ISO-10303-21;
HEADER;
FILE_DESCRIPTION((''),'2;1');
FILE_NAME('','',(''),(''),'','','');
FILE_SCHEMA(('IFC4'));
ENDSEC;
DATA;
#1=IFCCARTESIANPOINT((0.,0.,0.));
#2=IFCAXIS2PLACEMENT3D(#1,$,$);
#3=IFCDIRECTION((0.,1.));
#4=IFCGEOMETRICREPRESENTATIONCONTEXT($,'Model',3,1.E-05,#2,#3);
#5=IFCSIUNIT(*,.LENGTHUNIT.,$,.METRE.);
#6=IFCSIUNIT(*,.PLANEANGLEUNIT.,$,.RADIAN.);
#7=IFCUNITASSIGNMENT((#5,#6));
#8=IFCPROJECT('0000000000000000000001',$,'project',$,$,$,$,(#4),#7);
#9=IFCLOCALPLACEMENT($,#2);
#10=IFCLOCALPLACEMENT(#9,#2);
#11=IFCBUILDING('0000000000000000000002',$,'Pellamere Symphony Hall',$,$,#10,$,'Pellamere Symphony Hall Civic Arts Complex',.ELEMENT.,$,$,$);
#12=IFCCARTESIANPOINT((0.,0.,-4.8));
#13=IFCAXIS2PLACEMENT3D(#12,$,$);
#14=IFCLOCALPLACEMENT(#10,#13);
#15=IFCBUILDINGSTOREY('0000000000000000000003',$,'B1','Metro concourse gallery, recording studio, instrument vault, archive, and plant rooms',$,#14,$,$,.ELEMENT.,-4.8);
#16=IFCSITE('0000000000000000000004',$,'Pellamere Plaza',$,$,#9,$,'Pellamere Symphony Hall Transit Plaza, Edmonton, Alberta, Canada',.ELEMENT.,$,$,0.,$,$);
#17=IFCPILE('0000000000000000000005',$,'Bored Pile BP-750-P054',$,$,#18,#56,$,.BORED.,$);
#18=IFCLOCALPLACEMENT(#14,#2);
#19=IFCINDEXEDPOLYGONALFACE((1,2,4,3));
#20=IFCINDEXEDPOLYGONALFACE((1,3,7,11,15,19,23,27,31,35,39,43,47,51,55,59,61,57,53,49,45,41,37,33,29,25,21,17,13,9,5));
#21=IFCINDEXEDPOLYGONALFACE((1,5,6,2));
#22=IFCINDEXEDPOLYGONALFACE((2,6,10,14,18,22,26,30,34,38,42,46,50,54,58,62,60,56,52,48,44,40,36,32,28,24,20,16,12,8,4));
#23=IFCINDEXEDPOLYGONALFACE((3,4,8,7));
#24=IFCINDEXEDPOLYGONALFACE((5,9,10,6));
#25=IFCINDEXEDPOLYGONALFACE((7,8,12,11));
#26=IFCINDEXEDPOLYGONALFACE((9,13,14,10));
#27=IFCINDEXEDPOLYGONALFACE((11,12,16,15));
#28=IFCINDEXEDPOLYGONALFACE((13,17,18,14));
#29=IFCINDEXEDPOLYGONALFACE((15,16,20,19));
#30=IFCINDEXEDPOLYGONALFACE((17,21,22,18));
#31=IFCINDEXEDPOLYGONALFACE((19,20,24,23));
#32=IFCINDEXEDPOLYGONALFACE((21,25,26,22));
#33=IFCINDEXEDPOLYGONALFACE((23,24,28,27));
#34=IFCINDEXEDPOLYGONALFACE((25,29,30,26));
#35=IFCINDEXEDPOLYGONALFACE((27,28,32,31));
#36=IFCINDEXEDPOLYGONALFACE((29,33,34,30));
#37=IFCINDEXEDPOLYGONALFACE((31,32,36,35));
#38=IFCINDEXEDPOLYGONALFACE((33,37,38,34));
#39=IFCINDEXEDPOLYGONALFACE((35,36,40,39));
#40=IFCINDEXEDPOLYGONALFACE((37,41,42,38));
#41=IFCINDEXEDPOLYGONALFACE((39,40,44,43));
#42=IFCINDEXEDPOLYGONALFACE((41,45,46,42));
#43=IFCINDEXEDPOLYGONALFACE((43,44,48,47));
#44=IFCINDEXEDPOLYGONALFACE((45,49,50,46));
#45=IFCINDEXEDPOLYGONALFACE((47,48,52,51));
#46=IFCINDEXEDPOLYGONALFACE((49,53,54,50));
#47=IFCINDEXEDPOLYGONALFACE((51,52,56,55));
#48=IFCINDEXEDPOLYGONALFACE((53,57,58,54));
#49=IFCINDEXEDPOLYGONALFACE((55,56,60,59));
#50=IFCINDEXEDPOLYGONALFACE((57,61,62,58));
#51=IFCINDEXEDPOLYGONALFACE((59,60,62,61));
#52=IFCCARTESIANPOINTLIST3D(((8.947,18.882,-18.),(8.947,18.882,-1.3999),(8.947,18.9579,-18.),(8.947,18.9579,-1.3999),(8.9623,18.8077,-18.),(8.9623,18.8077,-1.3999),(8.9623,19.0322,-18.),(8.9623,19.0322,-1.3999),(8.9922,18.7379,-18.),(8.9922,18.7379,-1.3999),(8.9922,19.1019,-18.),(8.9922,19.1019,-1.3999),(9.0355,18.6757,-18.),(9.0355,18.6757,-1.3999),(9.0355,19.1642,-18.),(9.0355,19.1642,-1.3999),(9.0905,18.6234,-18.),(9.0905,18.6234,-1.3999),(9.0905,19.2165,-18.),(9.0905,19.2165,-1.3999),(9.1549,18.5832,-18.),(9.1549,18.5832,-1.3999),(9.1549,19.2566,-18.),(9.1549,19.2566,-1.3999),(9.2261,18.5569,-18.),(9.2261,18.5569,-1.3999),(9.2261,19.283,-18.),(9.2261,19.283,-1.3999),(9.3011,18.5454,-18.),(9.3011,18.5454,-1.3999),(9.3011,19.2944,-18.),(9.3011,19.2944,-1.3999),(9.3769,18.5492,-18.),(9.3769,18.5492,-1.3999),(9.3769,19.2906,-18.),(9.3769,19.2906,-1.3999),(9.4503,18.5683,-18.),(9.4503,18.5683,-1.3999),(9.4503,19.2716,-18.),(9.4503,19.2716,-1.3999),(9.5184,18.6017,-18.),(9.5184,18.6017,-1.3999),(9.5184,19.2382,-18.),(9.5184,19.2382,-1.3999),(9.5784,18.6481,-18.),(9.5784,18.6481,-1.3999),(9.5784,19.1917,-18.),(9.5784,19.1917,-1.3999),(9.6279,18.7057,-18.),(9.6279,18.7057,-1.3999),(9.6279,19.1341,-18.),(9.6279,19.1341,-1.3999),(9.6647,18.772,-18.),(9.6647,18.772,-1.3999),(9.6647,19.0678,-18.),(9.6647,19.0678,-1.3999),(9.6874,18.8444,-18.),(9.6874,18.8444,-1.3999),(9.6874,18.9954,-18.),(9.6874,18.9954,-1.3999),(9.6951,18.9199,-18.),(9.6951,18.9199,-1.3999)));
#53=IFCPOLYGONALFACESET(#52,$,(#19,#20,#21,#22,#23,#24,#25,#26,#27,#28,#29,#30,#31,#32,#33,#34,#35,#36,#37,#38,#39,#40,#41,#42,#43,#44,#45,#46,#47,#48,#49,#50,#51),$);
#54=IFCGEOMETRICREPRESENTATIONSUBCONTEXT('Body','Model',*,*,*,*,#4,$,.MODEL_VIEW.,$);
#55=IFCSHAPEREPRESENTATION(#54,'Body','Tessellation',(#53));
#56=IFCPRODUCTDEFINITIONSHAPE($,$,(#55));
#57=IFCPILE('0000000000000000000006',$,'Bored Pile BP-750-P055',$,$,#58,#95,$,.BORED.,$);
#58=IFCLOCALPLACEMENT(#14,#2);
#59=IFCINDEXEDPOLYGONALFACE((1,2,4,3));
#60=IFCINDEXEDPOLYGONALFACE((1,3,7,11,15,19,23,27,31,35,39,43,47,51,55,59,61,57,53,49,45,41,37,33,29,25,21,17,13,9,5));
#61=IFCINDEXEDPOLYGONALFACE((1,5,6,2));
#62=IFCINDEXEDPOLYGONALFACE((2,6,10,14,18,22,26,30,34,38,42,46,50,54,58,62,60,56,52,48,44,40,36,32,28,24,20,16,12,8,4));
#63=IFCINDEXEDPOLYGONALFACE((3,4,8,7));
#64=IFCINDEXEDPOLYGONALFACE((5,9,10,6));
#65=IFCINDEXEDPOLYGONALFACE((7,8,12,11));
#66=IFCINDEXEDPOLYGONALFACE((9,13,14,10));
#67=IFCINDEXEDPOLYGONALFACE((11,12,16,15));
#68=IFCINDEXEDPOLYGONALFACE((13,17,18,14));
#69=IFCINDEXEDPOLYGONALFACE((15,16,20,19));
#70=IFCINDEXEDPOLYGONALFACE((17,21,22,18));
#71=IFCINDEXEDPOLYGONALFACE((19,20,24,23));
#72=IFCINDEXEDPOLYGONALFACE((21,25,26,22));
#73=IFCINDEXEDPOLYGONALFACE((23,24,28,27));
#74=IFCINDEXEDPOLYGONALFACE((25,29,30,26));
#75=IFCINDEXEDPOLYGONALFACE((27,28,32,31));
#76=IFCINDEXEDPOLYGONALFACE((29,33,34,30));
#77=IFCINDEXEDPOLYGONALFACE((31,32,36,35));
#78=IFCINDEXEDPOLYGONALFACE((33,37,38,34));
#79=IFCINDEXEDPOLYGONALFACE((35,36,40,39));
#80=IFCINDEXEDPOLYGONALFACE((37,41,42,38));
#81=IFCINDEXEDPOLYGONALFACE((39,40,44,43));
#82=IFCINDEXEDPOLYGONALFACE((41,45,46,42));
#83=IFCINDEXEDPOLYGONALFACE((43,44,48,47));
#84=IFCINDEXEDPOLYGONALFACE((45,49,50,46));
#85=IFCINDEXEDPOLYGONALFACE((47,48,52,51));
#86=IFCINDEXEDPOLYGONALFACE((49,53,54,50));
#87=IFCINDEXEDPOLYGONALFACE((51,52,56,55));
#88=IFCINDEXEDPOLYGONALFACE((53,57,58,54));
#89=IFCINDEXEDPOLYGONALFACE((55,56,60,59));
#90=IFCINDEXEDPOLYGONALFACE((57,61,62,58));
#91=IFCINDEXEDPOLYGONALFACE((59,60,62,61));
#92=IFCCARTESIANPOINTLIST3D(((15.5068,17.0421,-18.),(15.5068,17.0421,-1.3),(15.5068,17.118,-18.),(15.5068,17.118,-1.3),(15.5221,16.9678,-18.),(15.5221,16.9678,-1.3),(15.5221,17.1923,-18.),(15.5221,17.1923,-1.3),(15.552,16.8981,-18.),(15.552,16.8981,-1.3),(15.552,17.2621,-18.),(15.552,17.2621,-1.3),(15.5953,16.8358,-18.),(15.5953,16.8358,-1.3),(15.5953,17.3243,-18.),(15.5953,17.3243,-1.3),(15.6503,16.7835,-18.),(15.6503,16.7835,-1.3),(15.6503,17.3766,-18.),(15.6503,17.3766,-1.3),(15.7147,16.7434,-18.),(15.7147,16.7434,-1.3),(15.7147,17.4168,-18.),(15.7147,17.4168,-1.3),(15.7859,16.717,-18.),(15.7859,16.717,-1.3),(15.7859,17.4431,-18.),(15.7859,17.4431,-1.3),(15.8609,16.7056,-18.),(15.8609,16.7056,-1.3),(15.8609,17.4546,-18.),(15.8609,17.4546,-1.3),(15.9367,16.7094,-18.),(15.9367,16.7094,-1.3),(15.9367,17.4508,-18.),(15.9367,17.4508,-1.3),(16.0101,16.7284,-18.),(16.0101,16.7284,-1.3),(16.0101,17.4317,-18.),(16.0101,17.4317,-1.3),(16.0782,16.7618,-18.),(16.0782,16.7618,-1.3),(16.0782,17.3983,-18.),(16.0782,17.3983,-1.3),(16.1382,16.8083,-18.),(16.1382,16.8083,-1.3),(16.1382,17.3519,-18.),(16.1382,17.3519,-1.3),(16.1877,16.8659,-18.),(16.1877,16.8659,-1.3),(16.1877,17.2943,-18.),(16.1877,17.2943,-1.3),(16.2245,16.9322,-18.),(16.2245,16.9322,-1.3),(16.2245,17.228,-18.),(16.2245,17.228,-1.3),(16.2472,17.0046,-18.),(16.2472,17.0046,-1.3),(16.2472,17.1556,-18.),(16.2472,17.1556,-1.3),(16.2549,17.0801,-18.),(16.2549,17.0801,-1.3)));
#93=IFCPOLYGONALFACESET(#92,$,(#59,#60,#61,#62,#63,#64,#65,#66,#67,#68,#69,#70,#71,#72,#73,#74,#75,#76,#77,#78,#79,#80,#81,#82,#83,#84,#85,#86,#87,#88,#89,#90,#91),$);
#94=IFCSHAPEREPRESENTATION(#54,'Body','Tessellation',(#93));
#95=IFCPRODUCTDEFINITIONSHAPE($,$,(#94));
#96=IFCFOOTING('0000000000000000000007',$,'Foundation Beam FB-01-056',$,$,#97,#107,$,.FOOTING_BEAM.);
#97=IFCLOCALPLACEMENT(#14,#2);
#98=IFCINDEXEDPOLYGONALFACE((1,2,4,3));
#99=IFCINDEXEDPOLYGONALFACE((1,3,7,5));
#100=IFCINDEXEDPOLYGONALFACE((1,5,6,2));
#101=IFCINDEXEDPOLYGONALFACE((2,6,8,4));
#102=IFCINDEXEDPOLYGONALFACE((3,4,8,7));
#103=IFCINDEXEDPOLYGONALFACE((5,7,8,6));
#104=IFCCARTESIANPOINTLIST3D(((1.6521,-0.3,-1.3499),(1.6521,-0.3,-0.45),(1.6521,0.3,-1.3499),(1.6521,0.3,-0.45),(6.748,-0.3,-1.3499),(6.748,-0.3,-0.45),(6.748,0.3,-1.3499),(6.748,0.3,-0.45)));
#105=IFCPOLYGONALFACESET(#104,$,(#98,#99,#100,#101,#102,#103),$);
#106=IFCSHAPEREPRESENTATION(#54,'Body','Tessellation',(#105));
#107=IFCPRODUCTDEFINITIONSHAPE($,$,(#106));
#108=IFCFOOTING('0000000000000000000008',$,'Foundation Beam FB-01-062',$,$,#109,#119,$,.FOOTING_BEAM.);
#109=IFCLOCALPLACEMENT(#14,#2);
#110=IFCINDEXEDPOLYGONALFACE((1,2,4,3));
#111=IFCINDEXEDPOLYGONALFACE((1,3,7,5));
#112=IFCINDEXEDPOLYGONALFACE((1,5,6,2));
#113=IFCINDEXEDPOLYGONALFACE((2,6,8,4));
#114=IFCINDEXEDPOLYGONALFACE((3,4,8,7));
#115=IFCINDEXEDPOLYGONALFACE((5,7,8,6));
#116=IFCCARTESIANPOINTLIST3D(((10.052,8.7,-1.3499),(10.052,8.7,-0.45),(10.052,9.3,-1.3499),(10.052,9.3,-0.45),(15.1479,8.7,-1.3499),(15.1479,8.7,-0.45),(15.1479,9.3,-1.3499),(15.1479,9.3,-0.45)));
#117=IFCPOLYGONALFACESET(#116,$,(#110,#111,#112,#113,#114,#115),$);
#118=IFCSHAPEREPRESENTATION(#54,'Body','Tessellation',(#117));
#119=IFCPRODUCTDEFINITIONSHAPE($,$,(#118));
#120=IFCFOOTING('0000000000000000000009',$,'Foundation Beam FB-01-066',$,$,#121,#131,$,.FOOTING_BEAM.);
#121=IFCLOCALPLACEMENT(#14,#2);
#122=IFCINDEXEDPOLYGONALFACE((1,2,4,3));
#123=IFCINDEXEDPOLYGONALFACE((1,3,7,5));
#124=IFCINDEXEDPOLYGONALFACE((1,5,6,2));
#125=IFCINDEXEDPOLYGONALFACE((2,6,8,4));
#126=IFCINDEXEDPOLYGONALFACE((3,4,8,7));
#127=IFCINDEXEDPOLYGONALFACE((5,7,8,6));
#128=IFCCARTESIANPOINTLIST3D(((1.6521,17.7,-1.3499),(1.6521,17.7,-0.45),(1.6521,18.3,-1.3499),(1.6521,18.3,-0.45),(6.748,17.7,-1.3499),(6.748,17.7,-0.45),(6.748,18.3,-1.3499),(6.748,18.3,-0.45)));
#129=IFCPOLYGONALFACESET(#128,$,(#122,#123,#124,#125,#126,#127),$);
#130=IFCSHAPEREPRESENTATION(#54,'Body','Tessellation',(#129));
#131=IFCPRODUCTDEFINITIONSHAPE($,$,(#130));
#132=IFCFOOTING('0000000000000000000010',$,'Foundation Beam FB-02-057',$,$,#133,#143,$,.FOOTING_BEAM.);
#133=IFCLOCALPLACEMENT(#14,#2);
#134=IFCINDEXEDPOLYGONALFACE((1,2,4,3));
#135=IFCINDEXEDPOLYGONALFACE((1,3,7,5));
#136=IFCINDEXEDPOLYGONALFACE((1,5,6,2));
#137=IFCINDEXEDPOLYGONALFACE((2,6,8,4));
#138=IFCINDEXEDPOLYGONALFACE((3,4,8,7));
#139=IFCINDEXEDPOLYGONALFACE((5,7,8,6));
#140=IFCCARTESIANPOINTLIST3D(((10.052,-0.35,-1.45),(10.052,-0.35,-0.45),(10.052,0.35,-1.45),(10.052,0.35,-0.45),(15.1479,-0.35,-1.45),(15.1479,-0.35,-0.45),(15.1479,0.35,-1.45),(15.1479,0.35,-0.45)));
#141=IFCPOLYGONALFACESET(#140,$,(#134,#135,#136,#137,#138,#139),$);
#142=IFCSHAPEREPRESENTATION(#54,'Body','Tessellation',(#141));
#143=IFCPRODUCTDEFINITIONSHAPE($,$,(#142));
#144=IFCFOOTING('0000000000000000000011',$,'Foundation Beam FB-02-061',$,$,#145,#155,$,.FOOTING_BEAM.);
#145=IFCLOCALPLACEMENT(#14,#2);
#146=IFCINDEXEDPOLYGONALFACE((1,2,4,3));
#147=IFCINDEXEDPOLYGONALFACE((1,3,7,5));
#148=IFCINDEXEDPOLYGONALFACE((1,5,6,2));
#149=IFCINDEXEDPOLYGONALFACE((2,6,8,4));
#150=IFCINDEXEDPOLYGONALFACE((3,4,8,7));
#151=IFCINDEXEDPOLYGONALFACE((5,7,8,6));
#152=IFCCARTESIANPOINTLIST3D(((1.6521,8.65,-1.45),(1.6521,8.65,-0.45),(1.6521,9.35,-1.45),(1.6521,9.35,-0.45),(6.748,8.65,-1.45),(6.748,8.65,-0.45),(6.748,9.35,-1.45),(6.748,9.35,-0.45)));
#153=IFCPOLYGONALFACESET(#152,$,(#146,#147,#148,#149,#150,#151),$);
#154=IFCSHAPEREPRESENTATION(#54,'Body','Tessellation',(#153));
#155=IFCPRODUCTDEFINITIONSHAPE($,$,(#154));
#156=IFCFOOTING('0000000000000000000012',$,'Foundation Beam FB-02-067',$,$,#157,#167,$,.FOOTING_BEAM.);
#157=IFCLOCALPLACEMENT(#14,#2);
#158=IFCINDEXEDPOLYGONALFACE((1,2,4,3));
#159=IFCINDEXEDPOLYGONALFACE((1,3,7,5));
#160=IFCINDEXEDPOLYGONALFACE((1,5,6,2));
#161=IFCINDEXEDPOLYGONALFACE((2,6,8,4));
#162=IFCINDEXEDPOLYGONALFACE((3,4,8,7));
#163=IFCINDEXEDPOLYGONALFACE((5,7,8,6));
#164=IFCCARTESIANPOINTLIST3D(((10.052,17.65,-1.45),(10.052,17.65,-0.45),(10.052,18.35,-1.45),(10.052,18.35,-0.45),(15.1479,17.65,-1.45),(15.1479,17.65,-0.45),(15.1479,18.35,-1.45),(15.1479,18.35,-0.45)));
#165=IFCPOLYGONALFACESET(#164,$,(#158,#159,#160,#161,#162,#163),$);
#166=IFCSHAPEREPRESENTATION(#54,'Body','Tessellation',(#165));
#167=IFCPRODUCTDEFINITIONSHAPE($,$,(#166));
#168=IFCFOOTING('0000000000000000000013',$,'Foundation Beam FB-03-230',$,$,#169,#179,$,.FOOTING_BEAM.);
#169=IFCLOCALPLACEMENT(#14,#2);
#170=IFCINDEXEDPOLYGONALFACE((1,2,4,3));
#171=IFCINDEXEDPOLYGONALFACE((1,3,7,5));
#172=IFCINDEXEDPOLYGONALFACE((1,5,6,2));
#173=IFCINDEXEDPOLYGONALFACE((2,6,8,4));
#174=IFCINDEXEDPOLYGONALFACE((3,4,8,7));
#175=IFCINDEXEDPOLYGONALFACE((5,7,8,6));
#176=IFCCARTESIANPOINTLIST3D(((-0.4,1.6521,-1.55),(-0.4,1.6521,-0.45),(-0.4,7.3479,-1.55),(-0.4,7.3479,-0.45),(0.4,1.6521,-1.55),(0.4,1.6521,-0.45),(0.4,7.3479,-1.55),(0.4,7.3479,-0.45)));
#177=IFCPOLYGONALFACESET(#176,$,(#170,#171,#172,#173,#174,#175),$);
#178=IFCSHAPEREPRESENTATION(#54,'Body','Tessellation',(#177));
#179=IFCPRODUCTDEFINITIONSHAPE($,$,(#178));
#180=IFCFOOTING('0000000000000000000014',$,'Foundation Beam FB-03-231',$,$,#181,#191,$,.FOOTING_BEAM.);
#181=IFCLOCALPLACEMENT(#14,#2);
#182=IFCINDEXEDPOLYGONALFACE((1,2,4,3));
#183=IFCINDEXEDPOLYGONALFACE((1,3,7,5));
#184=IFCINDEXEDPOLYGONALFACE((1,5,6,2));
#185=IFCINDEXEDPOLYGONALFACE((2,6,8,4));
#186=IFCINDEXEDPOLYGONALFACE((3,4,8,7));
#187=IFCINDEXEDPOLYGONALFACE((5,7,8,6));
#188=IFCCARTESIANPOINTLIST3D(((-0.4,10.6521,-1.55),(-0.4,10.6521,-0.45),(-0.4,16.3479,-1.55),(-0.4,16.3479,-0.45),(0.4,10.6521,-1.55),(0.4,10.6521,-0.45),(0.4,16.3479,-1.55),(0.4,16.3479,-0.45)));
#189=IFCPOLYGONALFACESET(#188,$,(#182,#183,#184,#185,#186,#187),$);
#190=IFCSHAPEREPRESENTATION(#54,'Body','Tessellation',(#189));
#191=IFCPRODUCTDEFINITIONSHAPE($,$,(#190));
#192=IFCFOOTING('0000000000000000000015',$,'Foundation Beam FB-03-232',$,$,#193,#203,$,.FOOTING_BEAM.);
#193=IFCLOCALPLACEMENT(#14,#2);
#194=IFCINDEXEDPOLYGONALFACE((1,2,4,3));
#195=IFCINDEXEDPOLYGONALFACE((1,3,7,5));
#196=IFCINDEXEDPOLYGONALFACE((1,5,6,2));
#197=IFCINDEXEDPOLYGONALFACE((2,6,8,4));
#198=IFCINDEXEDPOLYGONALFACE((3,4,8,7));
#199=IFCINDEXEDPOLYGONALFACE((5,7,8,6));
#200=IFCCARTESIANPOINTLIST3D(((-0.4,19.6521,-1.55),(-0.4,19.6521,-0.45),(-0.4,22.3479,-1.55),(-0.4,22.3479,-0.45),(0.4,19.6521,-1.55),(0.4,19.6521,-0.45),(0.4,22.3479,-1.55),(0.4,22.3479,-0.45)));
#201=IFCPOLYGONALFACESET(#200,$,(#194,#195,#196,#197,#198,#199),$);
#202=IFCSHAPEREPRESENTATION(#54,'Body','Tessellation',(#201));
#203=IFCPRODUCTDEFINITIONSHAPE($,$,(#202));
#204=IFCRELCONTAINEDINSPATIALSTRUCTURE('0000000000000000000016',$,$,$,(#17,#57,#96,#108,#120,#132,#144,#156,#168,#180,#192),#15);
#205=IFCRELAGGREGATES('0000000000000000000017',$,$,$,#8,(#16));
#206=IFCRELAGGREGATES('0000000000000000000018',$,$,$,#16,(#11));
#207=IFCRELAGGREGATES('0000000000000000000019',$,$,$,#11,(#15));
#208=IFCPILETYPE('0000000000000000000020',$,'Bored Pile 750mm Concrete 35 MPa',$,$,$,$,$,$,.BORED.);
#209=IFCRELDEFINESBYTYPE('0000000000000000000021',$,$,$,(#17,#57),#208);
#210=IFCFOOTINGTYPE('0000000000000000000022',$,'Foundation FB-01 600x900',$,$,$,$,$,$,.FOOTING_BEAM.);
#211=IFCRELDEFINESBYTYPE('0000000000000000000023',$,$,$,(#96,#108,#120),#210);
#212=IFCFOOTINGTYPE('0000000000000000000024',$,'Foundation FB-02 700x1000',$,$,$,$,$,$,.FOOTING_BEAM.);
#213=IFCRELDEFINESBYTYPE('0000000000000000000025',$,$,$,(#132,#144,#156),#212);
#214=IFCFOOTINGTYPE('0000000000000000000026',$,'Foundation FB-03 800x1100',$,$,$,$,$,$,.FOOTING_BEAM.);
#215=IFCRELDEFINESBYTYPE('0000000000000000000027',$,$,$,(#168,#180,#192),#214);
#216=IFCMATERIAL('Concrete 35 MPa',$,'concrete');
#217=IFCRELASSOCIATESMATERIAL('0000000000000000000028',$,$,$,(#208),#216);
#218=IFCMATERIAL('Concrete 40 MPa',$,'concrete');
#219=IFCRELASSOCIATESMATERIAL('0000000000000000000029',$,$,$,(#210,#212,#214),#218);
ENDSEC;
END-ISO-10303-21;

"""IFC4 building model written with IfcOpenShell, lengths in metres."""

from ifc_helpers import new_model, si_unit, direction, frame, origin, origin_2d, place, context, subcontext, project, spatial, rectangle, circle, extrude, material, material_profile, profile_set, type_object, element, save


model = new_model("IFC4")

# Units and contexts
model_context = context("Model", 3, precision=1e-05, world=origin(), true_north=direction((0.0, 1.0)))
body_context = subcontext(model_context, "Body", "Model", "MODEL_VIEW")
ifc_project = project(units=[si_unit("LENGTHUNIT", "METRE"), si_unit("PLANEANGLEUNIT", "RADIAN")], contexts=[model_context])

# Site, building, storey
site_placement = place(None, origin())
site = spatial("IfcSite", under=ifc_project, at=site_placement, Name="Pellamere Plaza", LongName="Pellamere Symphony Hall Transit Plaza, Edmonton, Alberta, Canada", CompositionType="ELEMENT", RefElevation=0.0)
building_placement = place(site_placement, origin())
building = spatial("IfcBuilding", under=site, at=building_placement, Name="Pellamere Symphony Hall", LongName="Pellamere Symphony Hall Civic Arts Complex", CompositionType="ELEMENT")
storey_placement = place(building_placement, frame((0.0, 0.0, -4.8)))
storey = spatial("IfcBuildingStorey", under=building, at=storey_placement, Name="B1", Description="Metro concourse gallery, recording studio, instrument vault, archive, and plant rooms", CompositionType="ELEMENT", Elevation=-4.8)

# Piles
ifc_material_1 = material(Name="Concrete 35 MPa", Category="concrete")
ifc_material_profile_1 = material_profile(ifc_material_1, circle(Radius=0.375, at=origin_2d()), Name="PILE D750")
ifc_profile_set_1 = profile_set([ifc_material_profile_1], Name="Concrete 35 MPa")
pile_type = type_object("IfcPileType", Name="Bored Pile 750mm Concrete 35 MPa", PredefinedType="BORED", material=ifc_profile_set_1)
for number, where, z_axis, x_axis, name in (
    (1, (9.3201, 18.9199, -1.3999), (0.0, 0.0, -1.0), (1.0, 0.0, 0.0), "Bored Pile BP-750-P054"),
):
    element("IfcPile", number, at=place(storey_placement, frame(where, z_axis=z_axis, x_axis=x_axis)), inside=storey, type_object=pile_type, Name=name, PredefinedType="BORED", context=body_context, shape_type="SweptSolid", body=[
        extrude(circle(Radius=0.375, at=origin_2d()), origin(), (0.0, 0.0, 1.0), 16.6001),
    ])
pile_1_placement = place(storey_placement, frame((15.8799, 17.0801, -1.3), z_axis=(0.0, 0.0, -1.0), x_axis=(1.0, 0.0, 0.0)))
element("IfcPile", 2, at=pile_1_placement, inside=storey, type_object=pile_type, Name="Bored Pile BP-750-P055", PredefinedType="BORED", context=body_context, shape_type="SweptSolid", body=[
    extrude(circle(Radius=0.375, at=origin_2d()), origin(), (0.0, 0.0, 1.0), 16.7),
])

# Footings
ifc_material_2 = material(Name="Concrete 40 MPa", Category="concrete")
ifc_material_profile_2 = material_profile(ifc_material_2, rectangle(XDim=0.6001, YDim=0.8999, at=origin_2d()), Name="RC 600x900")
ifc_profile_set_2 = profile_set([ifc_material_profile_2], Name="Concrete 40 MPa")
footing_type_1 = type_object("IfcFootingType", Name="Foundation FB-01 600x900", PredefinedType="FOOTING_BEAM", material=ifc_profile_set_2)
for number, where, z_axis, x_axis, name in (
    (3, (1.6521, 0.0, -0.8999), (1.0, 0.0, 0.0), (0.0, 1.0, 0.0), "Foundation Beam FB-01-056"),
    (4, (10.052, 9.0, -0.8999), (1.0, 0.0, 0.0), (0.0, 1.0, 0.0), "Foundation Beam FB-01-062"),
    (5, (1.6521, 18.0, -0.8999), (1.0, 0.0, 0.0), (0.0, 1.0, 0.0), "Foundation Beam FB-01-066"),
):
    element("IfcFooting", number, at=place(storey_placement, frame(where, z_axis=z_axis, x_axis=x_axis)), inside=storey, type_object=footing_type_1, Name=name, PredefinedType="FOOTING_BEAM", context=body_context, shape_type="SweptSolid", body=[
        extrude(rectangle(XDim=0.6001, YDim=0.8999, at=origin_2d()), origin(), (0.0, 0.0, 1.0), 5.0959),
    ])
ifc_material_profile_3 = material_profile(ifc_material_2, rectangle(XDim=0.7, YDim=1.0, at=origin_2d()), Name="RC 700x1000")
ifc_profile_set_3 = profile_set([ifc_material_profile_3], Name="Concrete 40 MPa")
footing_type_2 = type_object("IfcFootingType", Name="Foundation FB-02 700x1000", PredefinedType="FOOTING_BEAM", material=ifc_profile_set_3)
for number, where, z_axis, x_axis, name in (
    (6, (10.052, 0.0, -0.95), (1.0, 0.0, 0.0), (0.0, 1.0, 0.0), "Foundation Beam FB-02-057"),
    (7, (1.6521, 9.0, -0.95), (1.0, 0.0, 0.0), (0.0, 1.0, 0.0), "Foundation Beam FB-02-061"),
    (8, (10.052, 18.0, -0.95), (1.0, 0.0, 0.0), (0.0, 1.0, 0.0), "Foundation Beam FB-02-067"),
):
    element("IfcFooting", number, at=place(storey_placement, frame(where, z_axis=z_axis, x_axis=x_axis)), inside=storey, type_object=footing_type_2, Name=name, PredefinedType="FOOTING_BEAM", context=body_context, shape_type="SweptSolid", body=[
        extrude(rectangle(XDim=0.7, YDim=1.0, at=origin_2d()), origin(), (0.0, 0.0, 1.0), 5.0959),
    ])
ifc_material_profile_4 = material_profile(ifc_material_2, rectangle(XDim=0.8, YDim=1.1001, at=origin_2d()), Name="RC 800x1100")
ifc_profile_set_4 = profile_set([ifc_material_profile_4], Name="Concrete 40 MPa")
footing_type_3 = type_object("IfcFootingType", Name="Foundation FB-03 800x1100", PredefinedType="FOOTING_BEAM", material=ifc_profile_set_4)
for number, where, z_axis, x_axis, name in (
    (9, (0.0, 1.6521, -1.0), (0.0, 1.0, 0.0), (-1.0, 0.0, 0.0), "Foundation Beam FB-03-230"),
    (10, (0.0, 10.6521, -1.0), (0.0, 1.0, 0.0), (-1.0, 0.0, 0.0), "Foundation Beam FB-03-231"),
):
    element("IfcFooting", number, at=place(storey_placement, frame(where, z_axis=z_axis, x_axis=x_axis)), inside=storey, type_object=footing_type_3, Name=name, PredefinedType="FOOTING_BEAM", context=body_context, shape_type="SweptSolid", body=[
        extrude(rectangle(XDim=0.8, YDim=1.1001, at=origin_2d()), origin(), (0.0, 0.0, 1.0), 5.6958),
    ])
footing_1_placement = place(storey_placement, frame((0.0, 19.6521, -1.0), z_axis=(0.0, 1.0, 0.0), x_axis=(-1.0, 0.0, 0.0)))
element("IfcFooting", 11, at=footing_1_placement, inside=storey, type_object=footing_type_3, Name="Foundation Beam FB-03-232", PredefinedType="FOOTING_BEAM", context=body_context, shape_type="SweptSolid", body=[
    extrude(rectangle(XDim=0.8, YDim=1.1001, at=origin_2d()), origin(), (0.0, 0.0, 1.0), 2.6958),
])

save(model, "model.ifc")
